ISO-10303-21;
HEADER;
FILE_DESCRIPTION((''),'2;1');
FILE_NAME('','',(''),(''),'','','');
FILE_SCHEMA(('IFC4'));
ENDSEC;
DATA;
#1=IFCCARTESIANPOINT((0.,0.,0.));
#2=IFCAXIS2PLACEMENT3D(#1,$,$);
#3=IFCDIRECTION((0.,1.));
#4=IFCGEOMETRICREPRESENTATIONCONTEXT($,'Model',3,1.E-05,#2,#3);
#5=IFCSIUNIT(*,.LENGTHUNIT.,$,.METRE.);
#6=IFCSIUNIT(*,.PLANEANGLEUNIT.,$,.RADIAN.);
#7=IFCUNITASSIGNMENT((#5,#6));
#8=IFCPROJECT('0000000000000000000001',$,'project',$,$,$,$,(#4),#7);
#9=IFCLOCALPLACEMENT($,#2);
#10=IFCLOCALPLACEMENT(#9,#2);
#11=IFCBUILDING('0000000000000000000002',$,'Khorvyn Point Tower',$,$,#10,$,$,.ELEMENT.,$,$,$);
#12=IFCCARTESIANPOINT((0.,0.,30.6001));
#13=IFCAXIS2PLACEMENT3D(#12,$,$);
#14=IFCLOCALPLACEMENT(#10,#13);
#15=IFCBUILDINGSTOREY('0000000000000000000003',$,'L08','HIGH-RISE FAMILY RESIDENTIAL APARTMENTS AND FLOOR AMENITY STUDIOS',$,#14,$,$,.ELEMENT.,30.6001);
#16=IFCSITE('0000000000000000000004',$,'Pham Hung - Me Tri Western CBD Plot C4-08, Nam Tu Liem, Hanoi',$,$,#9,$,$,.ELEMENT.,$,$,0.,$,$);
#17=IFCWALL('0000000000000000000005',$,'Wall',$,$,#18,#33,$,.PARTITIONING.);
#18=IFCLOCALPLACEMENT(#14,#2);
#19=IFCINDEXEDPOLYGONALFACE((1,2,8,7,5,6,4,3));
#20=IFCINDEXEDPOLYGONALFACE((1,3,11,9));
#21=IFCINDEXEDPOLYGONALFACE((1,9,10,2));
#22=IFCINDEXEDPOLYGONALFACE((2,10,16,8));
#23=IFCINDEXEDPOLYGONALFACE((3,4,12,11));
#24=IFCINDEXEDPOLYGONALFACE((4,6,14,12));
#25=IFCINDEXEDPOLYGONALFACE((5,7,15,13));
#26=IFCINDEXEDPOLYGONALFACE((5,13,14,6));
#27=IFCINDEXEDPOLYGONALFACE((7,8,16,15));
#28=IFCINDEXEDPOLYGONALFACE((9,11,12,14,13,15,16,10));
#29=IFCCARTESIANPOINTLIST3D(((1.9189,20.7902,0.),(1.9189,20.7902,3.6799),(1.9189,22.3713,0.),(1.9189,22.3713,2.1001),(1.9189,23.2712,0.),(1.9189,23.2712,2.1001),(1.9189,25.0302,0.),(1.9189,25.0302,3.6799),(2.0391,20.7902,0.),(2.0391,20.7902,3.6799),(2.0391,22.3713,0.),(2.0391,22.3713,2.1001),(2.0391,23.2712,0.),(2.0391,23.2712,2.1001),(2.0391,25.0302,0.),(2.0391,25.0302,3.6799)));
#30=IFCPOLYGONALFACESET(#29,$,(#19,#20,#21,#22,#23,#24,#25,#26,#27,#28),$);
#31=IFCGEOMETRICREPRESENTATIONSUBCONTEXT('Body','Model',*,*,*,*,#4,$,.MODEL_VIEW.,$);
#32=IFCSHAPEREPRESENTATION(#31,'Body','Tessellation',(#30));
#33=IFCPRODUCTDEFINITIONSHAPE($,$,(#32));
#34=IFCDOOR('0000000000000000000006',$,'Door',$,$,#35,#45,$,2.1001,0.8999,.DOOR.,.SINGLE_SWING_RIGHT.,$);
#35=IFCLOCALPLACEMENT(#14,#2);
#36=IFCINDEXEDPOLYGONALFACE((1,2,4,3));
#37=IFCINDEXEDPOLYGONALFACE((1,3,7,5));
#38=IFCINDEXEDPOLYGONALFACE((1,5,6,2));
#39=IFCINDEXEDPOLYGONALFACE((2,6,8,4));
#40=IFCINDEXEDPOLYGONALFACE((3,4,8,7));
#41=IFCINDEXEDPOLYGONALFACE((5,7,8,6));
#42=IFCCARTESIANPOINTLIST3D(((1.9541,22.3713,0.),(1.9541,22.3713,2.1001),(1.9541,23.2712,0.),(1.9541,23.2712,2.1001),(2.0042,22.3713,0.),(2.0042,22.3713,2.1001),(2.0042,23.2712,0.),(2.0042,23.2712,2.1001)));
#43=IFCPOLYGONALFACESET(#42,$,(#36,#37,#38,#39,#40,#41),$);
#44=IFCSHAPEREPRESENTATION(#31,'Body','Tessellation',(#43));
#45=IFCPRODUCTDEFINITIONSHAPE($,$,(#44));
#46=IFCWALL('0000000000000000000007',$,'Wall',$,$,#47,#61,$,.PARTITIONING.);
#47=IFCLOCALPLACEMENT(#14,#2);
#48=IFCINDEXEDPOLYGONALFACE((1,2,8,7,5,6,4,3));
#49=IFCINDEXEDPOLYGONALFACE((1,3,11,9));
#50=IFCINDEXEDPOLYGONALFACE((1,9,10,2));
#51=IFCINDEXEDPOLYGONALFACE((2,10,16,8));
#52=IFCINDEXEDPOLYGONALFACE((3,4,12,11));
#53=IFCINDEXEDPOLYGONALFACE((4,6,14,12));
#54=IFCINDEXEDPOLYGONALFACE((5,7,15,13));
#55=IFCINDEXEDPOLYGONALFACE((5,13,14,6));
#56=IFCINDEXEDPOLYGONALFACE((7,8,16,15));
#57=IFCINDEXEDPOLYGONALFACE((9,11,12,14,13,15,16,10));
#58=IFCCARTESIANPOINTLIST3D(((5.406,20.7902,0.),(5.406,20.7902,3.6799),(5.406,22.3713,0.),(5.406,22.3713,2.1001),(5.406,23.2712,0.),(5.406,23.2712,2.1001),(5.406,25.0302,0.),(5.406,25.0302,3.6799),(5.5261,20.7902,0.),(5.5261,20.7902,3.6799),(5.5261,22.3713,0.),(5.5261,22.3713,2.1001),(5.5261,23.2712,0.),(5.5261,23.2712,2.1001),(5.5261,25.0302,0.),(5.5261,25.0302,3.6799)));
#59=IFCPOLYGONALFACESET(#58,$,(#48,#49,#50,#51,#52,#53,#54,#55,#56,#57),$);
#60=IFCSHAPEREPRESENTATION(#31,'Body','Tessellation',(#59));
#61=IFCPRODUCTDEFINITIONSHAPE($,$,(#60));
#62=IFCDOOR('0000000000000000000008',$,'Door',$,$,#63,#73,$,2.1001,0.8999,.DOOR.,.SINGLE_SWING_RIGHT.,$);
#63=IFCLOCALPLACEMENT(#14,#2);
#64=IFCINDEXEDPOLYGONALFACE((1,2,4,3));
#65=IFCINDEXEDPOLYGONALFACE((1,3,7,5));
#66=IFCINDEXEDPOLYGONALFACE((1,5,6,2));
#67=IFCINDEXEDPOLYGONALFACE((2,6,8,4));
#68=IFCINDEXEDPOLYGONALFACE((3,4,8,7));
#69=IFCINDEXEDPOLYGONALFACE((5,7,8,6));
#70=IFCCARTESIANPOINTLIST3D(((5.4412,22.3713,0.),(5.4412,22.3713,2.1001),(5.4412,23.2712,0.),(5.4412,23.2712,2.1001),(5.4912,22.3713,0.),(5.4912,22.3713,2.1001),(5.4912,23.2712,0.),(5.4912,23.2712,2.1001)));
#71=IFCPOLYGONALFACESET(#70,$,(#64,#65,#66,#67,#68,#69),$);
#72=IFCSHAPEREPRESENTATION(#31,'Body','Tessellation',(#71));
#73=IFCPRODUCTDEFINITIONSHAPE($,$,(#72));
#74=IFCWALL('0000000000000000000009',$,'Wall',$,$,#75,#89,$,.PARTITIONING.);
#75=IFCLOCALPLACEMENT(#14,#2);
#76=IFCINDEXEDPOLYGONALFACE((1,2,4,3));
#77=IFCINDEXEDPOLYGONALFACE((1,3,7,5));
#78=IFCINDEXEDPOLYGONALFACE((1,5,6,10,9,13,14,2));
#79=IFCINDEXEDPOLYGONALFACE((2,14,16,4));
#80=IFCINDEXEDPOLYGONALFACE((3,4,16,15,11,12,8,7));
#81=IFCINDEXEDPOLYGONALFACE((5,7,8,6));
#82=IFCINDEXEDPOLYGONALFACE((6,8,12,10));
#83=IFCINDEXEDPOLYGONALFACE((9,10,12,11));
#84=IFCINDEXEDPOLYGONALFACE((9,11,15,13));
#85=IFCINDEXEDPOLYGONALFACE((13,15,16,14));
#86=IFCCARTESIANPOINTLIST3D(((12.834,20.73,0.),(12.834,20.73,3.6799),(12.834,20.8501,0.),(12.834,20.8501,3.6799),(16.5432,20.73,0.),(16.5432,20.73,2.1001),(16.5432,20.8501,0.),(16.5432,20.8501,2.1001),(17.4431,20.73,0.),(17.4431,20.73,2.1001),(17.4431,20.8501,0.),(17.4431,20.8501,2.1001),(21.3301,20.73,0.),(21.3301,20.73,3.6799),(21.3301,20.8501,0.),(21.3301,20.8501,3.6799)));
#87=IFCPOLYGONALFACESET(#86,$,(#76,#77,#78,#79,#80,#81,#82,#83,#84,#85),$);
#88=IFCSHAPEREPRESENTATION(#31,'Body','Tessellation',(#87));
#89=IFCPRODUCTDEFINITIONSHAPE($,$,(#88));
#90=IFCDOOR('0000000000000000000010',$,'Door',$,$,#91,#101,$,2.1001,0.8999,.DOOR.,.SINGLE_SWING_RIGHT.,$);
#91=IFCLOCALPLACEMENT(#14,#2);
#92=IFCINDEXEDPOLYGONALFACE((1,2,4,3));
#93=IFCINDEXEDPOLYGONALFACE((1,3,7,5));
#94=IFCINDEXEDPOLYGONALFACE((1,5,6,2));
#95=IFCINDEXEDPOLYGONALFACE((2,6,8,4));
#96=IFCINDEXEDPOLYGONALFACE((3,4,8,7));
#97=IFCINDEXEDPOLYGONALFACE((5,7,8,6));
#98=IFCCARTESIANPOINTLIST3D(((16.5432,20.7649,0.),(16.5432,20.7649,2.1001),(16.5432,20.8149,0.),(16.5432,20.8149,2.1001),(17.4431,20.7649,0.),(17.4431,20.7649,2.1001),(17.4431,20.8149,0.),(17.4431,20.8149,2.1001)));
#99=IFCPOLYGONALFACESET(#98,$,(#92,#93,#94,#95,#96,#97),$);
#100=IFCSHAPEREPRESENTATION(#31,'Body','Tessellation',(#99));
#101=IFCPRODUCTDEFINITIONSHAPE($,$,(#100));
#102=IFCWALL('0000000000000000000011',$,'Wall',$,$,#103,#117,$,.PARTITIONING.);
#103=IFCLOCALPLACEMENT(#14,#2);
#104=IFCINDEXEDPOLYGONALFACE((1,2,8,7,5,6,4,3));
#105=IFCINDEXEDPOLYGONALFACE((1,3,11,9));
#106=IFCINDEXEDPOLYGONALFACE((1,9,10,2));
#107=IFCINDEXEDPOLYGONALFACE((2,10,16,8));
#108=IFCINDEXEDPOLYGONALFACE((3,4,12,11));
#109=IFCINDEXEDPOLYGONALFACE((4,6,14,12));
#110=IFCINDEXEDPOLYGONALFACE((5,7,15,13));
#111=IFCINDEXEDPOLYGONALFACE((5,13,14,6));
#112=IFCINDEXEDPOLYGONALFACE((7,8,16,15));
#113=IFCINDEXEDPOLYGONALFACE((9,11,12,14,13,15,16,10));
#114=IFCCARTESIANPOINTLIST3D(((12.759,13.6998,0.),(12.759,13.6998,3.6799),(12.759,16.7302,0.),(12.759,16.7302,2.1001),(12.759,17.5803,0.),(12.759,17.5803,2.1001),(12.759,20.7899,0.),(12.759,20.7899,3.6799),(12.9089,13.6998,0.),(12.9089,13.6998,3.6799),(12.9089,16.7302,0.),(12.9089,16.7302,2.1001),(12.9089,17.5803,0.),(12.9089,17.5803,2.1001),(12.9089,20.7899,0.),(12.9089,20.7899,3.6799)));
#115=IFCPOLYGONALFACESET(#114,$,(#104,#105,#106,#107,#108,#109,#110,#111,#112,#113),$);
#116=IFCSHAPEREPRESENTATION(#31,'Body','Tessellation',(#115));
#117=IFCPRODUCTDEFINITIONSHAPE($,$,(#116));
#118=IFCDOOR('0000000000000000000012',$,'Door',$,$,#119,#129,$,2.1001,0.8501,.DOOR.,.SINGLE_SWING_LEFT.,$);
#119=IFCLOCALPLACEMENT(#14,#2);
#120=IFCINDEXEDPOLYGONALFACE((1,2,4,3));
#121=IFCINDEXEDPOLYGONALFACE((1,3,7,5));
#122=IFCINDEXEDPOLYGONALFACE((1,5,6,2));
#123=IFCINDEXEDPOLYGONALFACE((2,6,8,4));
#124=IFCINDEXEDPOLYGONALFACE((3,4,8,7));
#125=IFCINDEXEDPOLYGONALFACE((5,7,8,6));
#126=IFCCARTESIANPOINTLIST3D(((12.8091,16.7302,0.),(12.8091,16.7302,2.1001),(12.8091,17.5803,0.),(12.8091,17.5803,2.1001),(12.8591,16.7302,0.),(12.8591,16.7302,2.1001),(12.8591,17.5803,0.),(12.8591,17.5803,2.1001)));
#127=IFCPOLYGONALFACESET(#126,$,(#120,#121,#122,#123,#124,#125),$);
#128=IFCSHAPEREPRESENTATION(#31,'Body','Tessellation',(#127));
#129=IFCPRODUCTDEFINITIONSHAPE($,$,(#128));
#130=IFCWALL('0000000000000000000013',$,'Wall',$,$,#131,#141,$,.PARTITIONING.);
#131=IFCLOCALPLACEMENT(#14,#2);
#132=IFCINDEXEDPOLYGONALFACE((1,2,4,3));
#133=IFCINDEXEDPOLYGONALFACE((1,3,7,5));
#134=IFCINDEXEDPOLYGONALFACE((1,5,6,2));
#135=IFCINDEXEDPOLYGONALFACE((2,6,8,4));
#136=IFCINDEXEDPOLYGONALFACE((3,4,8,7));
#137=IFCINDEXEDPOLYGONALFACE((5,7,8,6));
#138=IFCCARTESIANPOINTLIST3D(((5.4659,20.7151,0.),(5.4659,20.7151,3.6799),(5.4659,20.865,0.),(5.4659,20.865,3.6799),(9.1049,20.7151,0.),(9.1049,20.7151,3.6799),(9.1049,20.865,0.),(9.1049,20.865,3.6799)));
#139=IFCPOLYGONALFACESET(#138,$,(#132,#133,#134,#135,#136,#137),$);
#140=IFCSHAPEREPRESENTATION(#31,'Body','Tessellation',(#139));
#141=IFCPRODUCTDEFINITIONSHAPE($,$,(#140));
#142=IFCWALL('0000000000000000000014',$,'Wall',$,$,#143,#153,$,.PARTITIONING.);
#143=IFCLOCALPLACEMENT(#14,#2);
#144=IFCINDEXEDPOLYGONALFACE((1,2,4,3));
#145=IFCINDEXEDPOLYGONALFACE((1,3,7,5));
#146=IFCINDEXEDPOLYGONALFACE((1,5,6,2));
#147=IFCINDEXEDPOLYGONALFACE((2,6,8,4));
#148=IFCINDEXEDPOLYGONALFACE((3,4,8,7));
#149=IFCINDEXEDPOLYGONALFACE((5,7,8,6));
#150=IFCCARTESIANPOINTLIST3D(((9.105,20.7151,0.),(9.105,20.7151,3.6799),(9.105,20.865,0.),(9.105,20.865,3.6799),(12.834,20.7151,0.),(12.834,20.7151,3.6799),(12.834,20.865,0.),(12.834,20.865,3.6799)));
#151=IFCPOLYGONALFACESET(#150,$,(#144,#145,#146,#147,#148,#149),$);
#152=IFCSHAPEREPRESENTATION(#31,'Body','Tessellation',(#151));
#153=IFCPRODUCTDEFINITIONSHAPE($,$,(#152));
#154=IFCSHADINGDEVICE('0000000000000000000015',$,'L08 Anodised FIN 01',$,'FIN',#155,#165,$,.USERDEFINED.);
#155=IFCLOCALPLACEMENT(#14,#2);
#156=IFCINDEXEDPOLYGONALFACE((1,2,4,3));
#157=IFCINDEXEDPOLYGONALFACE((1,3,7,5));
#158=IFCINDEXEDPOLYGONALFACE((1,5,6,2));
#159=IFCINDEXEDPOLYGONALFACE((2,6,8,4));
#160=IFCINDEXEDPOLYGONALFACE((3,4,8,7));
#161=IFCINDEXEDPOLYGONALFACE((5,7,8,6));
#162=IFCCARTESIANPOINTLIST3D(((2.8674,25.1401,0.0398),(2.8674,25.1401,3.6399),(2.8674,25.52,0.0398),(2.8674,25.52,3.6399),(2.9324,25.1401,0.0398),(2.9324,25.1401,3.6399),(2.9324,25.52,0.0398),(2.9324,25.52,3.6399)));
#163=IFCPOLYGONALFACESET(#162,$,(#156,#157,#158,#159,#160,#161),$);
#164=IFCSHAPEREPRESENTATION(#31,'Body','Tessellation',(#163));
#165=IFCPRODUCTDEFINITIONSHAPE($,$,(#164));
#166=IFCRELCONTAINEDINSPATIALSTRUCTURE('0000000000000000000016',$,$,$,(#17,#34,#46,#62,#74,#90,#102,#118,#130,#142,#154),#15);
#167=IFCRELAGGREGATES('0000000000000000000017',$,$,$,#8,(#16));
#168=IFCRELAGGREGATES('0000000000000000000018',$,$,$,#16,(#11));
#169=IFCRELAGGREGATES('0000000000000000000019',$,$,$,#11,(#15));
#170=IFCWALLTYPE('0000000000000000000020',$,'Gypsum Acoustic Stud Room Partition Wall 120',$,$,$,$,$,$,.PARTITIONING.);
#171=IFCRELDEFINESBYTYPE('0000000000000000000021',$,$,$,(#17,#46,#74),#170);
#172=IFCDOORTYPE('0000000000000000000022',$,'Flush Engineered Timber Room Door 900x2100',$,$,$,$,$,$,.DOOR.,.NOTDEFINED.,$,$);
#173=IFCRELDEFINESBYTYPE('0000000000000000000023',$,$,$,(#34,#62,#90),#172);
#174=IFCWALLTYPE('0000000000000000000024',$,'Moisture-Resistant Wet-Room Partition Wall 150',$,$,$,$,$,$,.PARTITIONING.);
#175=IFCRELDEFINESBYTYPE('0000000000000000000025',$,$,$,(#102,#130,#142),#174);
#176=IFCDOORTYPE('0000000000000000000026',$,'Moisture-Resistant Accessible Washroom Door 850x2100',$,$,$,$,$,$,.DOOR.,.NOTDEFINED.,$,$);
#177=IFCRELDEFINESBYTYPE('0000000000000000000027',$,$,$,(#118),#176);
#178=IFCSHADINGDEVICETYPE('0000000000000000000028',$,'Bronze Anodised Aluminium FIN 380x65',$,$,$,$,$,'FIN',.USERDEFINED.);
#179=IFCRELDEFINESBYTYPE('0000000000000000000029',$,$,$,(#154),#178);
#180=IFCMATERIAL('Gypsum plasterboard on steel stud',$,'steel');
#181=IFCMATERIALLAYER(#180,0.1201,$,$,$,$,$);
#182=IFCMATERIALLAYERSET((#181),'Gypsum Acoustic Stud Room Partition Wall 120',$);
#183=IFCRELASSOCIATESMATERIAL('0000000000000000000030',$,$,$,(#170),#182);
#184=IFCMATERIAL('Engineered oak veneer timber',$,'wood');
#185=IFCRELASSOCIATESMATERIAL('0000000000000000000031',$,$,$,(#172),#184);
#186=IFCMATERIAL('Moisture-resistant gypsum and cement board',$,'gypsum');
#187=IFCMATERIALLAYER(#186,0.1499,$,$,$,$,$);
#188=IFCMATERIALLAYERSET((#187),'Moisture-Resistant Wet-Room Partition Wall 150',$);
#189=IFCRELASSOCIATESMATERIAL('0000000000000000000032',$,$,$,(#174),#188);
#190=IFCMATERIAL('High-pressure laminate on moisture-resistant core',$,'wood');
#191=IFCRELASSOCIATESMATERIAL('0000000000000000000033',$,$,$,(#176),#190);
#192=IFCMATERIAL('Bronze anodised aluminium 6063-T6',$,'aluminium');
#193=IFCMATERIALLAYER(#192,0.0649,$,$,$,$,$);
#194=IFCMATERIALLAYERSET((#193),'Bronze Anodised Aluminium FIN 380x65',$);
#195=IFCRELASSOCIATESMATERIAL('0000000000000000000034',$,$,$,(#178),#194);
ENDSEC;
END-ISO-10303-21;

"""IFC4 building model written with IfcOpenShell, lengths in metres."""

from ifc_helpers import new_model, si_unit, direction, frame, frame_2d, origin, origin_2d, place, context, subcontext, project, spatial, rectangle, extrude, material, layer, layer_set, type_object, element, fill, save


model = new_model("IFC4")

# Units and contexts
model_context = context("Model", 3, precision=1e-05, world=origin(), true_north=direction((0.0, 1.0)))
body_context = subcontext(model_context, "Body", "Model", "MODEL_VIEW")
ifc_project = project(units=[si_unit("LENGTHUNIT", "METRE"), si_unit("PLANEANGLEUNIT", "RADIAN")], contexts=[model_context])

# Site, building, storey
site_placement = place(None, origin())
site = spatial("IfcSite", under=ifc_project, at=site_placement, Name="Pham Hung - Me Tri Western CBD Plot C4-08, Nam Tu Liem, Hanoi", CompositionType="ELEMENT", RefElevation=0.0)
building_placement = place(site_placement, origin())
building = spatial("IfcBuilding", under=site, at=building_placement, Name="Khorvyn Point Tower", CompositionType="ELEMENT")
storey_placement = place(building_placement, frame((0.0, 0.0, 30.6001)))
storey = spatial("IfcBuildingStorey", under=building, at=storey_placement, Name="L08", Description="HIGH-RISE FAMILY RESIDENTIAL APARTMENTS AND FLOOR AMENITY STUDIOS", CompositionType="ELEMENT", Elevation=30.6001)

# Walls, openings, doors
ifc_material_1 = material(Name="Gypsum plasterboard on steel stud", Category="steel")
ifc_layer_1 = layer(ifc_material_1, 0.1201)
ifc_layer_set_1 = layer_set([ifc_layer_1], Name="Gypsum Acoustic Stud Room Partition Wall 120")
wall_type_1 = type_object("IfcWallType", Name="Gypsum Acoustic Stud Room Partition Wall 120", PredefinedType="PARTITIONING", material=ifc_layer_set_1)
wall_1_placement = place(storey_placement, frame((1.979, 20.79, 0.0), z_axis=(0.0, 0.0, 1.0), x_axis=(0.0, 1.0, 0.0)))
wall_1 = element("IfcWall", 1, at=wall_1_placement, inside=storey, type_object=wall_type_1, Name="Wall", PredefinedType="PARTITIONING", context=body_context, shape_type="SweptSolid", body=[
    extrude(rectangle(XDim=4.24, YDim=0.1201, at=frame_2d((2.1201, 0.0))), origin(), (0.0, 0.0, 1.0), 3.6799),
])
opening_1_placement = place(wall_1_placement, frame((1.5813, 0.0, 0.0)))
opening_1 = element("IfcOpeningElement", 2, at=opening_1_placement, cuts=wall_1, PredefinedType="OPENING", context=body_context, shape_type="SweptSolid", body=[
    extrude(rectangle(XDim=0.8999, YDim=2.1001, at=frame_2d((0.45, 1.05))), frame((0.0, 0.0701, 0.0), z_axis=(0.0, -1.0, 0.0), x_axis=(1.0, 0.0, 0.0)), (0.0, 0.0, 1.0), 0.1401),
])
ifc_material_2 = material(Name="Engineered oak veneer timber", Category="wood")
door_type_1 = type_object("IfcDoorType", Name="Flush Engineered Timber Room Door 900x2100", OperationType="NOTDEFINED", PredefinedType="DOOR", material=ifc_material_2)
door_1_placement = place(opening_1_placement, origin())
door_1 = element("IfcDoor", 3, at=door_1_placement, inside=storey, type_object=door_type_1, Name="Door", OperationType="SINGLE_SWING_RIGHT", OverallHeight=2.1001, OverallWidth=0.8999, PredefinedType="DOOR", context=body_context, shape_type="SweptSolid", body=[
    extrude(rectangle(XDim=0.8999, YDim=2.1001, at=frame_2d((0.45, 1.05))), frame((0.0, 0.0249, 0.0), z_axis=(0.0, -1.0, 0.0), x_axis=(1.0, 0.0, 0.0)), (0.0, 0.0, 1.0), 0.05),
])
fill(opening_1, door_1)
wall_2_placement = place(storey_placement, frame((5.4661, 20.79, 0.0), z_axis=(0.0, 0.0, 1.0), x_axis=(0.0, 1.0, 0.0)))
wall_2 = element("IfcWall", 4, at=wall_2_placement, inside=storey, type_object=wall_type_1, Name="Wall", PredefinedType="PARTITIONING", context=body_context, shape_type="SweptSolid", body=[
    extrude(rectangle(XDim=4.24, YDim=0.1201, at=frame_2d((2.1201, 0.0))), origin(), (0.0, 0.0, 1.0), 3.6799),
])
opening_2_placement = place(wall_2_placement, frame((1.5813, 0.0, 0.0)))
opening_2 = element("IfcOpeningElement", 5, at=opening_2_placement, cuts=wall_2, PredefinedType="OPENING", context=body_context, shape_type="SweptSolid", body=[
    extrude(rectangle(XDim=0.8999, YDim=2.1001, at=frame_2d((0.45, 1.05))), frame((0.0, 0.0701, 0.0), z_axis=(0.0, -1.0, 0.0), x_axis=(1.0, 0.0, 0.0)), (0.0, 0.0, 1.0), 0.1401),
])
door_2_placement = place(opening_2_placement, origin())
door_2 = element("IfcDoor", 6, at=door_2_placement, inside=storey, type_object=door_type_1, Name="Door", OperationType="SINGLE_SWING_RIGHT", OverallHeight=2.1001, OverallWidth=0.8999, PredefinedType="DOOR", context=body_context, shape_type="SweptSolid", body=[
    extrude(rectangle(XDim=0.8999, YDim=2.1001, at=frame_2d((0.45, 1.05))), frame((0.0, 0.0249, 0.0), z_axis=(0.0, -1.0, 0.0), x_axis=(1.0, 0.0, 0.0)), (0.0, 0.0, 1.0), 0.05),
])
fill(opening_2, door_2)
wall_3_placement = place(storey_placement, frame((12.834, 20.79, 0.0), z_axis=(0.0, 0.0, 1.0), x_axis=(1.0, 0.0, 0.0)))
wall_3 = element("IfcWall", 7, at=wall_3_placement, inside=storey, type_object=wall_type_1, Name="Wall", PredefinedType="PARTITIONING", context=body_context, shape_type="SweptSolid", body=[
    extrude(rectangle(XDim=8.4961, YDim=0.1201, at=frame_2d((4.248, 0.0))), origin(), (0.0, 0.0, 1.0), 3.6799),
])
opening_3_placement = place(wall_3_placement, frame((3.7092, 0.0, 0.0)))
opening_3 = element("IfcOpeningElement", 8, at=opening_3_placement, cuts=wall_3, PredefinedType="OPENING", context=body_context, shape_type="SweptSolid", body=[
    extrude(rectangle(XDim=0.8999, YDim=2.1001, at=frame_2d((0.45, 1.05))), frame((0.0, 0.0701, 0.0), z_axis=(0.0, -1.0, 0.0), x_axis=(1.0, 0.0, 0.0)), (0.0, 0.0, 1.0), 0.1401),
])
door_3_placement = place(opening_3_placement, origin())
door_3 = element("IfcDoor", 9, at=door_3_placement, inside=storey, type_object=door_type_1, Name="Door", OperationType="SINGLE_SWING_RIGHT", OverallHeight=2.1001, OverallWidth=0.8999, PredefinedType="DOOR", context=body_context, shape_type="SweptSolid", body=[
    extrude(rectangle(XDim=0.8999, YDim=2.1001, at=frame_2d((0.45, 1.05))), frame((0.0, 0.0249, 0.0), z_axis=(0.0, -1.0, 0.0), x_axis=(1.0, 0.0, 0.0)), (0.0, 0.0, 1.0), 0.05),
])
fill(opening_3, door_3)
ifc_material_3 = material(Name="Moisture-resistant gypsum and cement board", Category="gypsum")
ifc_layer_2 = layer(ifc_material_3, 0.1499)
ifc_layer_set_2 = layer_set([ifc_layer_2], Name="Moisture-Resistant Wet-Room Partition Wall 150")
wall_type_2 = type_object("IfcWallType", Name="Moisture-Resistant Wet-Room Partition Wall 150", PredefinedType="PARTITIONING", material=ifc_layer_set_2)
wall_4_placement = place(storey_placement, frame((12.834, 13.7, 0.0), z_axis=(0.0, 0.0, 1.0), x_axis=(0.0, 1.0, 0.0)))
wall_4 = element("IfcWall", 10, at=wall_4_placement, inside=storey, type_object=wall_type_2, Name="Wall", PredefinedType="PARTITIONING", context=body_context, shape_type="SweptSolid", body=[
    extrude(rectangle(XDim=7.0901, YDim=0.1499, at=frame_2d((3.5449, 0.0))), origin(), (0.0, 0.0, 1.0), 3.6799),
])
opening_4_placement = place(wall_4_placement, frame((3.0303, 0.0, 0.0)))
opening_4 = element("IfcOpeningElement", 11, at=opening_4_placement, cuts=wall_4, PredefinedType="OPENING", context=body_context, shape_type="SweptSolid", body=[
    extrude(rectangle(XDim=0.8501, YDim=2.1001, at=frame_2d((0.425, 1.05))), frame((0.0, 0.085, 0.0), z_axis=(0.0, -1.0, 0.0), x_axis=(1.0, 0.0, 0.0)), (0.0, 0.0, 1.0), 0.1699),
])
ifc_material_4 = material(Name="High-pressure laminate on moisture-resistant core", Category="wood")
door_type_2 = type_object("IfcDoorType", Name="Moisture-Resistant Accessible Washroom Door 850x2100", OperationType="NOTDEFINED", PredefinedType="DOOR", material=ifc_material_4)
door_4_placement = place(opening_4_placement, origin())
door_4 = element("IfcDoor", 12, at=door_4_placement, inside=storey, type_object=door_type_2, Name="Door", OperationType="SINGLE_SWING_LEFT", OverallHeight=2.1001, OverallWidth=0.8501, PredefinedType="DOOR", context=body_context, shape_type="SweptSolid", body=[
    extrude(rectangle(XDim=0.8501, YDim=2.1001, at=frame_2d((0.425, 1.05))), frame((0.0, 0.0249, 0.0), z_axis=(0.0, -1.0, 0.0), x_axis=(1.0, 0.0, 0.0)), (0.0, 0.0, 1.0), 0.05),
])
fill(opening_4, door_4)

# Walls
wall_5_placement = place(storey_placement, frame((5.4661, 20.79, 0.0), z_axis=(0.0, 0.0, 1.0), x_axis=(1.0, 0.0, 0.0)))
element("IfcWall", 13, at=wall_5_placement, inside=storey, type_object=wall_type_2, Name="Wall", PredefinedType="PARTITIONING", context=body_context, shape_type="SweptSolid", body=[
    extrude(rectangle(XDim=3.6389, YDim=0.1499, at=frame_2d((1.8193, 0.0))), origin(), (0.0, 0.0, 1.0), 3.6799),
])
wall_6_placement = place(storey_placement, frame((9.105, 20.79, 0.0), z_axis=(0.0, 0.0, 1.0), x_axis=(1.0, 0.0, 0.0)))
element("IfcWall", 14, at=wall_6_placement, inside=storey, type_object=wall_type_2, Name="Wall", PredefinedType="PARTITIONING", context=body_context, shape_type="SweptSolid", body=[
    extrude(rectangle(XDim=3.729, YDim=0.1499, at=frame_2d((1.8645, 0.0))), origin(), (0.0, 0.0, 1.0), 3.6799),
])

# Shading device
ifc_material_5 = material(Name="Bronze anodised aluminium 6063-T6", Category="aluminium")
ifc_layer_3 = layer(ifc_material_5, 0.0649)
ifc_layer_set_3 = layer_set([ifc_layer_3], Name="Bronze Anodised Aluminium FIN 380x65")
shading_device_type = type_object("IfcShadingDeviceType", Name="Bronze Anodised Aluminium FIN 380x65", ElementType="FIN", PredefinedType="USERDEFINED", material=ifc_layer_set_3)
shading_device_placement = place(storey_placement, frame((2.8999, 25.3301, 0.0398), z_axis=(0.0, 0.0, 1.0), x_axis=(0.0, 1.0, 0.0)))
element("IfcShadingDevice", 15, at=shading_device_placement, inside=storey, type_object=shading_device_type, Name="L08 Anodised FIN 01", ObjectType="FIN", PredefinedType="USERDEFINED", context=body_context, shape_type="SweptSolid", body=[
    extrude(rectangle(XDim=0.3799, YDim=0.0649, at=origin_2d()), origin(), (0.0, 0.0, 1.0), 3.6001),
])

save(model, "model.ifc")
